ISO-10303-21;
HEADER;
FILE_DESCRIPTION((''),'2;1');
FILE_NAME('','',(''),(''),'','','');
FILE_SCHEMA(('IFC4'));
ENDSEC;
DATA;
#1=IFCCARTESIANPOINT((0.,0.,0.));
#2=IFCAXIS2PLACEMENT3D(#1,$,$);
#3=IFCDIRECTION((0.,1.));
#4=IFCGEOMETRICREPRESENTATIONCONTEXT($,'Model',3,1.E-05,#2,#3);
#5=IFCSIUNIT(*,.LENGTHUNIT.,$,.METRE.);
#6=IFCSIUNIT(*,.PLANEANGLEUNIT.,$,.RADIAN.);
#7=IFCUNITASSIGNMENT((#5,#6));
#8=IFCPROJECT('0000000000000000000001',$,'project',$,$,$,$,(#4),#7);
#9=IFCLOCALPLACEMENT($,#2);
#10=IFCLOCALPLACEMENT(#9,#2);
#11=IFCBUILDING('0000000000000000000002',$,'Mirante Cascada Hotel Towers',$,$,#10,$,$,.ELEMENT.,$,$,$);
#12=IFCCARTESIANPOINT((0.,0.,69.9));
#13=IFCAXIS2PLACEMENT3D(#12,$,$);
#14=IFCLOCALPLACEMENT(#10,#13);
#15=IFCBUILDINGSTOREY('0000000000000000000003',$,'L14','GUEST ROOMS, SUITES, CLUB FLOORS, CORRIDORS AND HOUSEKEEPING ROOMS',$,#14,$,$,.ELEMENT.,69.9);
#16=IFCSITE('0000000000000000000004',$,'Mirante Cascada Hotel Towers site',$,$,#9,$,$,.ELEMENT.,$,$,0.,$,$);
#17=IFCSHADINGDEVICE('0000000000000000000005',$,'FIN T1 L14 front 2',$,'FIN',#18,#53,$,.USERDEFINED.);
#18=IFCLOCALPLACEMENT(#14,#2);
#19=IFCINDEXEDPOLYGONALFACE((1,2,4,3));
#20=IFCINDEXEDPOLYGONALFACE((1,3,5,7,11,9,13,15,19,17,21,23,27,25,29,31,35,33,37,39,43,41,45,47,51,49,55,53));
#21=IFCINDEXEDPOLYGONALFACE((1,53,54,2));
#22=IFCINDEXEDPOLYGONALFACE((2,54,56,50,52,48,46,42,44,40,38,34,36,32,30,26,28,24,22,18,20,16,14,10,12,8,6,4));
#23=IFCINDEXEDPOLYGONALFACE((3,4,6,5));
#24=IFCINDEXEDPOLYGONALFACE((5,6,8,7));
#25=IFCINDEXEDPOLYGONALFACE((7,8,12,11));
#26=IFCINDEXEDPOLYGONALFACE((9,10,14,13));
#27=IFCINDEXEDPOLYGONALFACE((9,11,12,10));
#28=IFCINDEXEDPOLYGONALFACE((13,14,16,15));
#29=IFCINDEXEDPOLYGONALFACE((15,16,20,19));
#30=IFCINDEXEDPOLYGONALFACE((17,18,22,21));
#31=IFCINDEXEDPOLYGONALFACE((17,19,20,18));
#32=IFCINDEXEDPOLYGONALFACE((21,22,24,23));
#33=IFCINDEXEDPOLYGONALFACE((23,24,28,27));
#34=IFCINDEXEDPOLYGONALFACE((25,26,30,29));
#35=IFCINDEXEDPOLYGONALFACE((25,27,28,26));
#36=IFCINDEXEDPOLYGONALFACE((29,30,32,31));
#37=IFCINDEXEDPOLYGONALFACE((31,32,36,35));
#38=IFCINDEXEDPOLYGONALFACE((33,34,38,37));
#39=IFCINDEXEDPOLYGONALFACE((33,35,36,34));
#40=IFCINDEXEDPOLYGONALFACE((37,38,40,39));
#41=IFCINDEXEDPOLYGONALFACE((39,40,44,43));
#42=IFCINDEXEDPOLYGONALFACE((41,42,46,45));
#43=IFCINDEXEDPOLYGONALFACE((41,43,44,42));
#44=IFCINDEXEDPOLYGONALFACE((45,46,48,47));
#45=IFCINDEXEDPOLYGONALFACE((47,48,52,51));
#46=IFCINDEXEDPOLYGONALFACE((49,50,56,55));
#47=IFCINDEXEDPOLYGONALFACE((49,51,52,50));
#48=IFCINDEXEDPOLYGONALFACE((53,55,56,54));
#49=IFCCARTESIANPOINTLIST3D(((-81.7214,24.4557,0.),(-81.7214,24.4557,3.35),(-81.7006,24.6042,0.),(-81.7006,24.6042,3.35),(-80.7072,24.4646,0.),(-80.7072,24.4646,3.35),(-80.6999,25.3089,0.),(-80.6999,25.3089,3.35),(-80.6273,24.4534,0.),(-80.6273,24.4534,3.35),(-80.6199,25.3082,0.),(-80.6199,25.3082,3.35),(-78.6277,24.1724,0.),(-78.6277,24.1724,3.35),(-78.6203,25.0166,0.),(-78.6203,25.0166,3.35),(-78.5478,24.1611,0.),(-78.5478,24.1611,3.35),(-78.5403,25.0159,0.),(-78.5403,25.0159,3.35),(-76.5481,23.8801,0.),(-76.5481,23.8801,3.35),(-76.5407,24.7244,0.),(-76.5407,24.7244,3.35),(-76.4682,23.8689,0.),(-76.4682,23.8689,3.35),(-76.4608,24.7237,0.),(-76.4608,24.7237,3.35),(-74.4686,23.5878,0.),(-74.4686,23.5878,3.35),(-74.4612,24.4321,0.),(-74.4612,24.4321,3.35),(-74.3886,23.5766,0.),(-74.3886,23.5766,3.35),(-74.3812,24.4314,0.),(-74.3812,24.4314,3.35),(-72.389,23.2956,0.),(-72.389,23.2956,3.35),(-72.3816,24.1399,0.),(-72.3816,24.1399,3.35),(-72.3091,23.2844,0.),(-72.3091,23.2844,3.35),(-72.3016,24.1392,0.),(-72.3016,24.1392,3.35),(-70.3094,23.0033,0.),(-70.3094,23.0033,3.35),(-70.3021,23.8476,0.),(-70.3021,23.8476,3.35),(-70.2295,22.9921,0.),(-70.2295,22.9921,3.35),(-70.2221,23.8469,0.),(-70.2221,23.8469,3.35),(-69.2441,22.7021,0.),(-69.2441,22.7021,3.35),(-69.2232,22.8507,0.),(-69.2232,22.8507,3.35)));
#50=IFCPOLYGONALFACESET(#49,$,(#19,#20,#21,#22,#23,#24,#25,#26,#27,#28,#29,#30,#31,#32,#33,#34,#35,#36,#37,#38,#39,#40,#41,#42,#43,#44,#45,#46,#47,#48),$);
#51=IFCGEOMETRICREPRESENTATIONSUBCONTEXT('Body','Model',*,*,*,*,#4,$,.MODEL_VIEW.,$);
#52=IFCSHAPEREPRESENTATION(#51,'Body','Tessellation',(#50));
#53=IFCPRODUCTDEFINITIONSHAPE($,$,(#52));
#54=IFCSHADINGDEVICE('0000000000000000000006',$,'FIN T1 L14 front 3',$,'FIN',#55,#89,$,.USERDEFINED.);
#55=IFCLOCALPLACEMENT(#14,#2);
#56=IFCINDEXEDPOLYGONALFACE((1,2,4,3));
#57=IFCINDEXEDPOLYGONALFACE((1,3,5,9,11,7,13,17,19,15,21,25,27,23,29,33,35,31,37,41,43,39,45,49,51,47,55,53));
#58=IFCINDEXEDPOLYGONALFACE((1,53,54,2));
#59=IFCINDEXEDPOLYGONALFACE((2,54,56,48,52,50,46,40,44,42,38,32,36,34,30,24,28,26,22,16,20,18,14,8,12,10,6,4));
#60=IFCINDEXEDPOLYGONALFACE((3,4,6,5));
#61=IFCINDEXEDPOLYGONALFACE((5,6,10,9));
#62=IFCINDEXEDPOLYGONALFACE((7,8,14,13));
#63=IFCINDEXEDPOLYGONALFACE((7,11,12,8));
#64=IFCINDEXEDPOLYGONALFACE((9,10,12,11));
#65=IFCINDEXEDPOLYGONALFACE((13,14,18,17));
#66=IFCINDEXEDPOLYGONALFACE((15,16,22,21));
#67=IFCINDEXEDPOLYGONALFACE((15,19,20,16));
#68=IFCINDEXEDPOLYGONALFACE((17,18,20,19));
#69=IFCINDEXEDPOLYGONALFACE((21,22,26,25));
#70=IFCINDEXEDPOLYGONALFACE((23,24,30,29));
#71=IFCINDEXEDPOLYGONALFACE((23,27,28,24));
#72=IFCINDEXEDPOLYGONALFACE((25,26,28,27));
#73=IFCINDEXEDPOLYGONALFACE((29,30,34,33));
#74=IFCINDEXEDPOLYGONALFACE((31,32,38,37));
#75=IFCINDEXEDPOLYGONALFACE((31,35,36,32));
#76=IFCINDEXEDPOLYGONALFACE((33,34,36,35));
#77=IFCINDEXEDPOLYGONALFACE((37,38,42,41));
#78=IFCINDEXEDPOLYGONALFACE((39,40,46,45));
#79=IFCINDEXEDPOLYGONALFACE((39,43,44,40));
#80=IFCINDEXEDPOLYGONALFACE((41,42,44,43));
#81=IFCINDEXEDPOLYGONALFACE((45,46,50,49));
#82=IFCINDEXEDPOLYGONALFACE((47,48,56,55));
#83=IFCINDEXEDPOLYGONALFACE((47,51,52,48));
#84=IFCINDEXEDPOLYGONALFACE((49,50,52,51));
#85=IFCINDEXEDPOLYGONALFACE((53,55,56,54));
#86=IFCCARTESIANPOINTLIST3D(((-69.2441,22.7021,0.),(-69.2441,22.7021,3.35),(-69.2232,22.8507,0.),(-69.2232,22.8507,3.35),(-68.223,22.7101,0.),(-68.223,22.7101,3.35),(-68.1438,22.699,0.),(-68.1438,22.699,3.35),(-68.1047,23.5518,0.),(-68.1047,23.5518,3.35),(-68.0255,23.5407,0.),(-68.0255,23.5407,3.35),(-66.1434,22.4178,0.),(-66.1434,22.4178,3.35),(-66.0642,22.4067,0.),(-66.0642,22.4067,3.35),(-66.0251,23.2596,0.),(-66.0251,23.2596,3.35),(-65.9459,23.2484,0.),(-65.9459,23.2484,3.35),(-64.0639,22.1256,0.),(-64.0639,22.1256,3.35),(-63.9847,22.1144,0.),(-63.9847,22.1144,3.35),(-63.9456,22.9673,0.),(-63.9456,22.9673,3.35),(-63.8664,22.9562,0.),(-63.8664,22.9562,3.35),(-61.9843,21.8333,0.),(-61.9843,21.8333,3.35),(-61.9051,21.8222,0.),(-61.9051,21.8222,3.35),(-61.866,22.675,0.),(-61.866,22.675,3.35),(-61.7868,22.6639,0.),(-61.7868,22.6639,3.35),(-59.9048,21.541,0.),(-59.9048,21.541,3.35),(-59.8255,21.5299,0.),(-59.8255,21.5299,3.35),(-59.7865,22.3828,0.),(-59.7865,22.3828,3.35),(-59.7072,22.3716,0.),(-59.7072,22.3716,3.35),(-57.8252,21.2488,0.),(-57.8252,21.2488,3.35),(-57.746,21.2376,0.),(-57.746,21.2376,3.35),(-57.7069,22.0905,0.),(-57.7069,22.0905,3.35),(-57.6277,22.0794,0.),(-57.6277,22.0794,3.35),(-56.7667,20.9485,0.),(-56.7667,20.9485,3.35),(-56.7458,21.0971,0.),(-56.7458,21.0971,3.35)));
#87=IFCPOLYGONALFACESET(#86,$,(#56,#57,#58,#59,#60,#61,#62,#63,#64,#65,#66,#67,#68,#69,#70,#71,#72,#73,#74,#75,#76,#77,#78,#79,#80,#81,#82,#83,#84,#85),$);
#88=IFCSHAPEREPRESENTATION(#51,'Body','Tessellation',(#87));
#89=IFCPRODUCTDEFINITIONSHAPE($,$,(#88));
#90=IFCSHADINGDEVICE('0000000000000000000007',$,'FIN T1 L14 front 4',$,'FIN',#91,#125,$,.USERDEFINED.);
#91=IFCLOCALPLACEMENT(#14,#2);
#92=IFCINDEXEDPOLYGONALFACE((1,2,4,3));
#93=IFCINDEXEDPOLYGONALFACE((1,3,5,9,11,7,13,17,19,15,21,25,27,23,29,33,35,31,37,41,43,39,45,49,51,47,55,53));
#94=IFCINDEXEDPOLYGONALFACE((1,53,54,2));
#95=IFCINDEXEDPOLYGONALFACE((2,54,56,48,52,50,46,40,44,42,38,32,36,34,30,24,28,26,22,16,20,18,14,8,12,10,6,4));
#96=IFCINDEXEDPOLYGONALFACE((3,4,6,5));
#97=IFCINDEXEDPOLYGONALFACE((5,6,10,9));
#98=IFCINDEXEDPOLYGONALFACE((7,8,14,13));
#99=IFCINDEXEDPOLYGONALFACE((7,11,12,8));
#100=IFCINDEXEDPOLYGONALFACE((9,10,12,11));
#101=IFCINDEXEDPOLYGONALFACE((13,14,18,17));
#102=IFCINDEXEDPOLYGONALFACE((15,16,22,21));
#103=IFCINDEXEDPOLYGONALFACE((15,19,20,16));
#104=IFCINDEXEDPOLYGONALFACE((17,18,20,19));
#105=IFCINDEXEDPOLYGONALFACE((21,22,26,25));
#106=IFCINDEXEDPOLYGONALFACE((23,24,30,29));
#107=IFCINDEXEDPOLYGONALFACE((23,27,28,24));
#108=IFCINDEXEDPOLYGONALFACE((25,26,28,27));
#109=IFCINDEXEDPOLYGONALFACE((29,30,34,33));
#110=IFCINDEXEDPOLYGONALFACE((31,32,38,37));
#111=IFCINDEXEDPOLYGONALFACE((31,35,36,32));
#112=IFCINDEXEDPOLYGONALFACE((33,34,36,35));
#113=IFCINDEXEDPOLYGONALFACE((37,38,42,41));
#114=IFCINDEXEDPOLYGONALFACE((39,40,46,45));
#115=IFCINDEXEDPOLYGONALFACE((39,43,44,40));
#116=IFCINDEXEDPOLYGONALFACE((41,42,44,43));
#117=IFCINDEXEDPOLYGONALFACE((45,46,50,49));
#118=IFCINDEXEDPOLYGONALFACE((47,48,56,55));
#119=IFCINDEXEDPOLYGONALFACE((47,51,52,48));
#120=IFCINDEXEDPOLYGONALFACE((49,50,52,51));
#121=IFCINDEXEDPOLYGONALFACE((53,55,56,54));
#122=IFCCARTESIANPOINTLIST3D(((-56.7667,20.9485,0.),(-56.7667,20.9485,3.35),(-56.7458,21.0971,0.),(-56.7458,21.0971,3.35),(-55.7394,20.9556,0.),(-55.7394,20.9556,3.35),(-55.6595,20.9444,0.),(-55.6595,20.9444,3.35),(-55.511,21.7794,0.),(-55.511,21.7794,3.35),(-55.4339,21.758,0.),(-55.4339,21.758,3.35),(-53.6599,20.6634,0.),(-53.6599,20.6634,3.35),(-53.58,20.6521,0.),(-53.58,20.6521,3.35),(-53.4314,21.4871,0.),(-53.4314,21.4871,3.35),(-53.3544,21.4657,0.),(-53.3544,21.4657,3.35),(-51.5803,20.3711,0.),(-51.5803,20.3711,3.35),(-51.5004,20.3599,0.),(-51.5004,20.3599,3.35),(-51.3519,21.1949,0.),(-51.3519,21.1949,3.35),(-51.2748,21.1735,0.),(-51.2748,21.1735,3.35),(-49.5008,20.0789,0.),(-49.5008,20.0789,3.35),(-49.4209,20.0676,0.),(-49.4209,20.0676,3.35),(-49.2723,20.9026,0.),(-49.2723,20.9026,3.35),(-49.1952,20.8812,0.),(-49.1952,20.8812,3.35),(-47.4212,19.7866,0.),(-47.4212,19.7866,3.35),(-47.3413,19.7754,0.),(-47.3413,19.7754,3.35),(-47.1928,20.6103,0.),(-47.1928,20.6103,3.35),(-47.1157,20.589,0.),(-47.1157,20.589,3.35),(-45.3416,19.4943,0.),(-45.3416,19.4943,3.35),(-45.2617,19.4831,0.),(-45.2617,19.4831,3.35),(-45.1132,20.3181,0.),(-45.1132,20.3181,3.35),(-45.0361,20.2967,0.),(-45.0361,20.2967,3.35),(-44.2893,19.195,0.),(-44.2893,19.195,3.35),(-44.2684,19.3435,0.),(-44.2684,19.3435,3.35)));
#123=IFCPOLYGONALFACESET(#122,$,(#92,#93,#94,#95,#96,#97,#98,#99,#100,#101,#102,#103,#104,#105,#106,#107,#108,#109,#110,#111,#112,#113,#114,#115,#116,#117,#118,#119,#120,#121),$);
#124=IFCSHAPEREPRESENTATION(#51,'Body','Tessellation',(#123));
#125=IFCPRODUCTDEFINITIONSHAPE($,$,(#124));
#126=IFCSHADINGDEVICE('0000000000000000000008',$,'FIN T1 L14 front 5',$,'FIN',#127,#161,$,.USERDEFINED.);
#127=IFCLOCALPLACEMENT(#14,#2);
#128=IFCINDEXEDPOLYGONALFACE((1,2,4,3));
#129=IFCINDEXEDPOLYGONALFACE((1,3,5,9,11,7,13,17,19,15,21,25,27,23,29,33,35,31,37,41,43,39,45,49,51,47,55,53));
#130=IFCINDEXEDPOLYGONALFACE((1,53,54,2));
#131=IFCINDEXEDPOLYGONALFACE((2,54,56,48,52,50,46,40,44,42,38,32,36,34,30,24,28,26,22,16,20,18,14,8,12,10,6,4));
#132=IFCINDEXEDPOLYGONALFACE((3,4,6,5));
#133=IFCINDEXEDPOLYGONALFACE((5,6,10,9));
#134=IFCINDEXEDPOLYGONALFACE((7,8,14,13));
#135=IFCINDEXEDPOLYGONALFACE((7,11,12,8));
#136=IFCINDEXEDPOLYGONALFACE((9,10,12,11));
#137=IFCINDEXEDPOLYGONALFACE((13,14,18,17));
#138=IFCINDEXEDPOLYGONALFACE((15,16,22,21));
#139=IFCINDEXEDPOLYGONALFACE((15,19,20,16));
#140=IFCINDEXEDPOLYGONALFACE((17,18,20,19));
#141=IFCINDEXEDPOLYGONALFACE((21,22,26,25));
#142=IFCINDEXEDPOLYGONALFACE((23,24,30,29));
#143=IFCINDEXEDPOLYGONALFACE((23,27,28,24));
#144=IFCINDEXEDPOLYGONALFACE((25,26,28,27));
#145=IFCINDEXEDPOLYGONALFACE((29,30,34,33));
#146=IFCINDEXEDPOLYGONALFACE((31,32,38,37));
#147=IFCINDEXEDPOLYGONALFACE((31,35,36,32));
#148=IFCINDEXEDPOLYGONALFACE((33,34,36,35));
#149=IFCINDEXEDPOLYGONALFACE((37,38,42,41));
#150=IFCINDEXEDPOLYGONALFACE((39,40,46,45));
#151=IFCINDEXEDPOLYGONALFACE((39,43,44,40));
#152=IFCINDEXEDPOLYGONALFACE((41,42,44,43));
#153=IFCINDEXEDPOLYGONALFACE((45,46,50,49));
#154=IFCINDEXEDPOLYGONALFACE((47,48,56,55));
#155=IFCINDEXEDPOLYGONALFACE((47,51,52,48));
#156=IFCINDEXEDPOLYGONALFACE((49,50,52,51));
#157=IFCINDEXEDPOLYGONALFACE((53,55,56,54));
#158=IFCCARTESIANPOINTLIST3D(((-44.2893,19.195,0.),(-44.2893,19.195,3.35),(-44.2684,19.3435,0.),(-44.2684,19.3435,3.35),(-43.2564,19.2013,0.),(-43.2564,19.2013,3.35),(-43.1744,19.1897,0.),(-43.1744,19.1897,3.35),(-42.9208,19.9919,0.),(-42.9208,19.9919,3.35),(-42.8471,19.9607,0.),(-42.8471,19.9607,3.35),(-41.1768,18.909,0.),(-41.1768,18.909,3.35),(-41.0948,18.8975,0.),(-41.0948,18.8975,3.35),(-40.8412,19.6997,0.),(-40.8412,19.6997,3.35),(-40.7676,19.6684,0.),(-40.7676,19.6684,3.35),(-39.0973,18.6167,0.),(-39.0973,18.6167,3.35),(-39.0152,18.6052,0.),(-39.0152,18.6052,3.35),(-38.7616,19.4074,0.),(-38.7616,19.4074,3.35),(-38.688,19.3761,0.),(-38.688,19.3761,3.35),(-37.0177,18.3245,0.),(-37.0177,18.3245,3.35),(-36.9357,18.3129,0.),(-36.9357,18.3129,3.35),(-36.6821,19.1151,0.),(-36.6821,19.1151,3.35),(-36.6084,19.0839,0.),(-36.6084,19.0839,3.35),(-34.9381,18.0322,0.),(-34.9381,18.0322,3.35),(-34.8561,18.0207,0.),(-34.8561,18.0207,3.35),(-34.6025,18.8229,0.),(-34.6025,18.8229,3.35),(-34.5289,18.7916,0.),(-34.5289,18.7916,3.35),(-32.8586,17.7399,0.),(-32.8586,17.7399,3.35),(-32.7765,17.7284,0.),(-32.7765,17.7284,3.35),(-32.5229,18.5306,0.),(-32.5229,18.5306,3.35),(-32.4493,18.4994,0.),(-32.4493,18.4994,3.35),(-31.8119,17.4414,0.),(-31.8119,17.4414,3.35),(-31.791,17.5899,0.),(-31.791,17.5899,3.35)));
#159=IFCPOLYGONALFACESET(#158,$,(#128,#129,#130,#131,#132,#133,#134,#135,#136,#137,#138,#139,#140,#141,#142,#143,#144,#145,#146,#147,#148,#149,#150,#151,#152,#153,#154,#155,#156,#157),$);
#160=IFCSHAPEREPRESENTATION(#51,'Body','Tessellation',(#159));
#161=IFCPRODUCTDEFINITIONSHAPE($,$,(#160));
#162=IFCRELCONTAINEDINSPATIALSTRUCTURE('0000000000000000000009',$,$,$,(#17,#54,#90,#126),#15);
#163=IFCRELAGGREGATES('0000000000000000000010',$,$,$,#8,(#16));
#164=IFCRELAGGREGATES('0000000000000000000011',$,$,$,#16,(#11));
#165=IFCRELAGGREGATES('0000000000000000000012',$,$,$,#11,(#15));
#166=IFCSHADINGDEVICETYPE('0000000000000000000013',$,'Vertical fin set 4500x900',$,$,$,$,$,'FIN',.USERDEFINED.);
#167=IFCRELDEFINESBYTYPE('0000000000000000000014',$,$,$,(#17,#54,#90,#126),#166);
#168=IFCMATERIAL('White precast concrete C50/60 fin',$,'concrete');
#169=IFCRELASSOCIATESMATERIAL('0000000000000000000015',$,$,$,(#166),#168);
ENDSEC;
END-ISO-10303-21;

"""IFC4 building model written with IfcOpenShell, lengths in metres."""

from ifc_helpers import new_model, si_unit, direction, frame, origin, place, context, subcontext, project, spatial, polyline, outline, extrude, material, type_object, element, save


model = new_model("IFC4")

# Units and contexts
model_context = context("Model", 3, precision=1e-05, world=origin(), true_north=direction((0.0, 1.0)))
body_context = subcontext(model_context, "Body", "Model", "MODEL_VIEW")
ifc_project = project(units=[si_unit("LENGTHUNIT", "METRE"), si_unit("PLANEANGLEUNIT", "RADIAN")], contexts=[model_context])

# Site, building, storey
site_placement = place(None, origin())
site = spatial("IfcSite", under=ifc_project, at=site_placement, Name="Mirante Cascada Hotel Towers site", CompositionType="ELEMENT", RefElevation=0.0)
building_placement = place(site_placement, origin())
building = spatial("IfcBuilding", under=site, at=building_placement, Name="Mirante Cascada Hotel Towers", CompositionType="ELEMENT")
storey_placement = place(building_placement, frame((0.0, 0.0, 69.9)))
storey = spatial("IfcBuildingStorey", under=building, at=storey_placement, Name="L14", Description="GUEST ROOMS, SUITES, CLUB FLOORS, CORRIDORS AND HOUSEKEEPING ROOMS", CompositionType="ELEMENT", Elevation=69.9)

# Shading devices
ifc_material_1 = material(Name="White precast concrete C50/60 fin", Category="concrete")
shading_device_type = type_object("IfcShadingDeviceType", Name="Vertical fin set 4500x900", ElementType="FIN", PredefinedType="USERDEFINED", material=ifc_material_1)
shading_device_1_placement = place(storey_placement, origin())
element("IfcShadingDevice", 1, at=shading_device_1_placement, inside=storey, type_object=shading_device_type, Name="FIN T1 L14 front 2", ObjectType="FIN", PredefinedType="USERDEFINED", context=body_context, shape_type="SweptSolid", body=[
    extrude(outline(polyline([(-70.2221, 23.8469), (-70.2295, 22.9921), (-69.2232, 22.8507), (-69.2441, 22.7021), (-81.7214, 24.4557), (-81.7006, 24.6042), (-80.7072, 24.4646), (-80.6999, 25.3089), (-80.6199, 25.3082), (-80.6273, 24.4534), (-78.6277, 24.1724), (-78.6203, 25.0166), (-78.5403, 25.0159), (-78.5478, 24.1611), (-76.5481, 23.8801), (-76.5407, 24.7244), (-76.4608, 24.7237), (-76.4682, 23.8689), (-74.4686, 23.5878), (-74.4612, 24.4321), (-74.3812, 24.4314), (-74.3886, 23.5766), (-72.389, 23.2956), (-72.3816, 24.1399), (-72.3016, 24.1392), (-72.3091, 23.2844), (-70.3094, 23.0033), (-70.3021, 23.8476), (-70.2221, 23.8469)])), origin(), (0.0, 0.0, 1.0), 3.35),
])
shading_device_2_placement = place(storey_placement, origin())
element("IfcShadingDevice", 2, at=shading_device_2_placement, inside=storey, type_object=shading_device_type, Name="FIN T1 L14 front 3", ObjectType="FIN", PredefinedType="USERDEFINED", context=body_context, shape_type="SweptSolid", body=[
    extrude(outline(polyline([(-57.6277, 22.0794), (-57.746, 21.2376), (-56.7458, 21.0971), (-56.7667, 20.9485), (-69.2441, 22.7021), (-69.2232, 22.8507), (-68.223, 22.7101), (-68.1047, 23.5518), (-68.0255, 23.5407), (-68.1438, 22.699), (-66.1434, 22.4178), (-66.0251, 23.2596), (-65.9459, 23.2484), (-66.0642, 22.4067), (-64.0639, 22.1256), (-63.9456, 22.9673), (-63.8664, 22.9562), (-63.9847, 22.1144), (-61.9843, 21.8333), (-61.866, 22.675), (-61.7868, 22.6639), (-61.9051, 21.8222), (-59.9048, 21.541), (-59.7865, 22.3828), (-59.7072, 22.3716), (-59.8255, 21.5299), (-57.8252, 21.2488), (-57.7069, 22.0905), (-57.6277, 22.0794)])), origin(), (0.0, 0.0, 1.0), 3.35),
])
shading_device_3_placement = place(storey_placement, origin())
element("IfcShadingDevice", 3, at=shading_device_3_placement, inside=storey, type_object=shading_device_type, Name="FIN T1 L14 front 4", ObjectType="FIN", PredefinedType="USERDEFINED", context=body_context, shape_type="SweptSolid", body=[
    extrude(outline(polyline([(-45.0361, 20.2967), (-45.2617, 19.4831), (-44.2684, 19.3435), (-44.2893, 19.195), (-56.7667, 20.9485), (-56.7458, 21.0971), (-55.7394, 20.9556), (-55.511, 21.7794), (-55.4339, 21.758), (-55.6595, 20.9444), (-53.6599, 20.6634), (-53.4314, 21.4871), (-53.3544, 21.4657), (-53.58, 20.6521), (-51.5803, 20.3711), (-51.3519, 21.1949), (-51.2748, 21.1735), (-51.5004, 20.3599), (-49.5008, 20.0789), (-49.2723, 20.9026), (-49.1952, 20.8812), (-49.4209, 20.0676), (-47.4212, 19.7866), (-47.1928, 20.6103), (-47.1157, 20.589), (-47.3413, 19.7754), (-45.3416, 19.4943), (-45.1132, 20.3181), (-45.0361, 20.2967)])), origin(), (0.0, 0.0, 1.0), 3.35),
])
shading_device_4_placement = place(storey_placement, origin())
element("IfcShadingDevice", 4, at=shading_device_4_placement, inside=storey, type_object=shading_device_type, Name="FIN T1 L14 front 5", ObjectType="FIN", PredefinedType="USERDEFINED", context=body_context, shape_type="SweptSolid", body=[
    extrude(outline(polyline([(-32.4493, 18.4994), (-32.7765, 17.7284), (-31.791, 17.5899), (-31.8119, 17.4414), (-44.2893, 19.195), (-44.2684, 19.3435), (-43.2564, 19.2013), (-42.9208, 19.9919), (-42.8471, 19.9607), (-43.1744, 19.1897), (-41.1768, 18.909), (-40.8412, 19.6997), (-40.7676, 19.6684), (-41.0948, 18.8975), (-39.0973, 18.6167), (-38.7616, 19.4074), (-38.688, 19.3761), (-39.0152, 18.6052), (-37.0177, 18.3245), (-36.6821, 19.1151), (-36.6084, 19.0839), (-36.9357, 18.3129), (-34.9381, 18.0322), (-34.6025, 18.8229), (-34.5289, 18.7916), (-34.8561, 18.0207), (-32.8586, 17.7399), (-32.5229, 18.5306), (-32.4493, 18.4994)])), origin(), (0.0, 0.0, 1.0), 3.35),
])

save(model, "model.ifc")
